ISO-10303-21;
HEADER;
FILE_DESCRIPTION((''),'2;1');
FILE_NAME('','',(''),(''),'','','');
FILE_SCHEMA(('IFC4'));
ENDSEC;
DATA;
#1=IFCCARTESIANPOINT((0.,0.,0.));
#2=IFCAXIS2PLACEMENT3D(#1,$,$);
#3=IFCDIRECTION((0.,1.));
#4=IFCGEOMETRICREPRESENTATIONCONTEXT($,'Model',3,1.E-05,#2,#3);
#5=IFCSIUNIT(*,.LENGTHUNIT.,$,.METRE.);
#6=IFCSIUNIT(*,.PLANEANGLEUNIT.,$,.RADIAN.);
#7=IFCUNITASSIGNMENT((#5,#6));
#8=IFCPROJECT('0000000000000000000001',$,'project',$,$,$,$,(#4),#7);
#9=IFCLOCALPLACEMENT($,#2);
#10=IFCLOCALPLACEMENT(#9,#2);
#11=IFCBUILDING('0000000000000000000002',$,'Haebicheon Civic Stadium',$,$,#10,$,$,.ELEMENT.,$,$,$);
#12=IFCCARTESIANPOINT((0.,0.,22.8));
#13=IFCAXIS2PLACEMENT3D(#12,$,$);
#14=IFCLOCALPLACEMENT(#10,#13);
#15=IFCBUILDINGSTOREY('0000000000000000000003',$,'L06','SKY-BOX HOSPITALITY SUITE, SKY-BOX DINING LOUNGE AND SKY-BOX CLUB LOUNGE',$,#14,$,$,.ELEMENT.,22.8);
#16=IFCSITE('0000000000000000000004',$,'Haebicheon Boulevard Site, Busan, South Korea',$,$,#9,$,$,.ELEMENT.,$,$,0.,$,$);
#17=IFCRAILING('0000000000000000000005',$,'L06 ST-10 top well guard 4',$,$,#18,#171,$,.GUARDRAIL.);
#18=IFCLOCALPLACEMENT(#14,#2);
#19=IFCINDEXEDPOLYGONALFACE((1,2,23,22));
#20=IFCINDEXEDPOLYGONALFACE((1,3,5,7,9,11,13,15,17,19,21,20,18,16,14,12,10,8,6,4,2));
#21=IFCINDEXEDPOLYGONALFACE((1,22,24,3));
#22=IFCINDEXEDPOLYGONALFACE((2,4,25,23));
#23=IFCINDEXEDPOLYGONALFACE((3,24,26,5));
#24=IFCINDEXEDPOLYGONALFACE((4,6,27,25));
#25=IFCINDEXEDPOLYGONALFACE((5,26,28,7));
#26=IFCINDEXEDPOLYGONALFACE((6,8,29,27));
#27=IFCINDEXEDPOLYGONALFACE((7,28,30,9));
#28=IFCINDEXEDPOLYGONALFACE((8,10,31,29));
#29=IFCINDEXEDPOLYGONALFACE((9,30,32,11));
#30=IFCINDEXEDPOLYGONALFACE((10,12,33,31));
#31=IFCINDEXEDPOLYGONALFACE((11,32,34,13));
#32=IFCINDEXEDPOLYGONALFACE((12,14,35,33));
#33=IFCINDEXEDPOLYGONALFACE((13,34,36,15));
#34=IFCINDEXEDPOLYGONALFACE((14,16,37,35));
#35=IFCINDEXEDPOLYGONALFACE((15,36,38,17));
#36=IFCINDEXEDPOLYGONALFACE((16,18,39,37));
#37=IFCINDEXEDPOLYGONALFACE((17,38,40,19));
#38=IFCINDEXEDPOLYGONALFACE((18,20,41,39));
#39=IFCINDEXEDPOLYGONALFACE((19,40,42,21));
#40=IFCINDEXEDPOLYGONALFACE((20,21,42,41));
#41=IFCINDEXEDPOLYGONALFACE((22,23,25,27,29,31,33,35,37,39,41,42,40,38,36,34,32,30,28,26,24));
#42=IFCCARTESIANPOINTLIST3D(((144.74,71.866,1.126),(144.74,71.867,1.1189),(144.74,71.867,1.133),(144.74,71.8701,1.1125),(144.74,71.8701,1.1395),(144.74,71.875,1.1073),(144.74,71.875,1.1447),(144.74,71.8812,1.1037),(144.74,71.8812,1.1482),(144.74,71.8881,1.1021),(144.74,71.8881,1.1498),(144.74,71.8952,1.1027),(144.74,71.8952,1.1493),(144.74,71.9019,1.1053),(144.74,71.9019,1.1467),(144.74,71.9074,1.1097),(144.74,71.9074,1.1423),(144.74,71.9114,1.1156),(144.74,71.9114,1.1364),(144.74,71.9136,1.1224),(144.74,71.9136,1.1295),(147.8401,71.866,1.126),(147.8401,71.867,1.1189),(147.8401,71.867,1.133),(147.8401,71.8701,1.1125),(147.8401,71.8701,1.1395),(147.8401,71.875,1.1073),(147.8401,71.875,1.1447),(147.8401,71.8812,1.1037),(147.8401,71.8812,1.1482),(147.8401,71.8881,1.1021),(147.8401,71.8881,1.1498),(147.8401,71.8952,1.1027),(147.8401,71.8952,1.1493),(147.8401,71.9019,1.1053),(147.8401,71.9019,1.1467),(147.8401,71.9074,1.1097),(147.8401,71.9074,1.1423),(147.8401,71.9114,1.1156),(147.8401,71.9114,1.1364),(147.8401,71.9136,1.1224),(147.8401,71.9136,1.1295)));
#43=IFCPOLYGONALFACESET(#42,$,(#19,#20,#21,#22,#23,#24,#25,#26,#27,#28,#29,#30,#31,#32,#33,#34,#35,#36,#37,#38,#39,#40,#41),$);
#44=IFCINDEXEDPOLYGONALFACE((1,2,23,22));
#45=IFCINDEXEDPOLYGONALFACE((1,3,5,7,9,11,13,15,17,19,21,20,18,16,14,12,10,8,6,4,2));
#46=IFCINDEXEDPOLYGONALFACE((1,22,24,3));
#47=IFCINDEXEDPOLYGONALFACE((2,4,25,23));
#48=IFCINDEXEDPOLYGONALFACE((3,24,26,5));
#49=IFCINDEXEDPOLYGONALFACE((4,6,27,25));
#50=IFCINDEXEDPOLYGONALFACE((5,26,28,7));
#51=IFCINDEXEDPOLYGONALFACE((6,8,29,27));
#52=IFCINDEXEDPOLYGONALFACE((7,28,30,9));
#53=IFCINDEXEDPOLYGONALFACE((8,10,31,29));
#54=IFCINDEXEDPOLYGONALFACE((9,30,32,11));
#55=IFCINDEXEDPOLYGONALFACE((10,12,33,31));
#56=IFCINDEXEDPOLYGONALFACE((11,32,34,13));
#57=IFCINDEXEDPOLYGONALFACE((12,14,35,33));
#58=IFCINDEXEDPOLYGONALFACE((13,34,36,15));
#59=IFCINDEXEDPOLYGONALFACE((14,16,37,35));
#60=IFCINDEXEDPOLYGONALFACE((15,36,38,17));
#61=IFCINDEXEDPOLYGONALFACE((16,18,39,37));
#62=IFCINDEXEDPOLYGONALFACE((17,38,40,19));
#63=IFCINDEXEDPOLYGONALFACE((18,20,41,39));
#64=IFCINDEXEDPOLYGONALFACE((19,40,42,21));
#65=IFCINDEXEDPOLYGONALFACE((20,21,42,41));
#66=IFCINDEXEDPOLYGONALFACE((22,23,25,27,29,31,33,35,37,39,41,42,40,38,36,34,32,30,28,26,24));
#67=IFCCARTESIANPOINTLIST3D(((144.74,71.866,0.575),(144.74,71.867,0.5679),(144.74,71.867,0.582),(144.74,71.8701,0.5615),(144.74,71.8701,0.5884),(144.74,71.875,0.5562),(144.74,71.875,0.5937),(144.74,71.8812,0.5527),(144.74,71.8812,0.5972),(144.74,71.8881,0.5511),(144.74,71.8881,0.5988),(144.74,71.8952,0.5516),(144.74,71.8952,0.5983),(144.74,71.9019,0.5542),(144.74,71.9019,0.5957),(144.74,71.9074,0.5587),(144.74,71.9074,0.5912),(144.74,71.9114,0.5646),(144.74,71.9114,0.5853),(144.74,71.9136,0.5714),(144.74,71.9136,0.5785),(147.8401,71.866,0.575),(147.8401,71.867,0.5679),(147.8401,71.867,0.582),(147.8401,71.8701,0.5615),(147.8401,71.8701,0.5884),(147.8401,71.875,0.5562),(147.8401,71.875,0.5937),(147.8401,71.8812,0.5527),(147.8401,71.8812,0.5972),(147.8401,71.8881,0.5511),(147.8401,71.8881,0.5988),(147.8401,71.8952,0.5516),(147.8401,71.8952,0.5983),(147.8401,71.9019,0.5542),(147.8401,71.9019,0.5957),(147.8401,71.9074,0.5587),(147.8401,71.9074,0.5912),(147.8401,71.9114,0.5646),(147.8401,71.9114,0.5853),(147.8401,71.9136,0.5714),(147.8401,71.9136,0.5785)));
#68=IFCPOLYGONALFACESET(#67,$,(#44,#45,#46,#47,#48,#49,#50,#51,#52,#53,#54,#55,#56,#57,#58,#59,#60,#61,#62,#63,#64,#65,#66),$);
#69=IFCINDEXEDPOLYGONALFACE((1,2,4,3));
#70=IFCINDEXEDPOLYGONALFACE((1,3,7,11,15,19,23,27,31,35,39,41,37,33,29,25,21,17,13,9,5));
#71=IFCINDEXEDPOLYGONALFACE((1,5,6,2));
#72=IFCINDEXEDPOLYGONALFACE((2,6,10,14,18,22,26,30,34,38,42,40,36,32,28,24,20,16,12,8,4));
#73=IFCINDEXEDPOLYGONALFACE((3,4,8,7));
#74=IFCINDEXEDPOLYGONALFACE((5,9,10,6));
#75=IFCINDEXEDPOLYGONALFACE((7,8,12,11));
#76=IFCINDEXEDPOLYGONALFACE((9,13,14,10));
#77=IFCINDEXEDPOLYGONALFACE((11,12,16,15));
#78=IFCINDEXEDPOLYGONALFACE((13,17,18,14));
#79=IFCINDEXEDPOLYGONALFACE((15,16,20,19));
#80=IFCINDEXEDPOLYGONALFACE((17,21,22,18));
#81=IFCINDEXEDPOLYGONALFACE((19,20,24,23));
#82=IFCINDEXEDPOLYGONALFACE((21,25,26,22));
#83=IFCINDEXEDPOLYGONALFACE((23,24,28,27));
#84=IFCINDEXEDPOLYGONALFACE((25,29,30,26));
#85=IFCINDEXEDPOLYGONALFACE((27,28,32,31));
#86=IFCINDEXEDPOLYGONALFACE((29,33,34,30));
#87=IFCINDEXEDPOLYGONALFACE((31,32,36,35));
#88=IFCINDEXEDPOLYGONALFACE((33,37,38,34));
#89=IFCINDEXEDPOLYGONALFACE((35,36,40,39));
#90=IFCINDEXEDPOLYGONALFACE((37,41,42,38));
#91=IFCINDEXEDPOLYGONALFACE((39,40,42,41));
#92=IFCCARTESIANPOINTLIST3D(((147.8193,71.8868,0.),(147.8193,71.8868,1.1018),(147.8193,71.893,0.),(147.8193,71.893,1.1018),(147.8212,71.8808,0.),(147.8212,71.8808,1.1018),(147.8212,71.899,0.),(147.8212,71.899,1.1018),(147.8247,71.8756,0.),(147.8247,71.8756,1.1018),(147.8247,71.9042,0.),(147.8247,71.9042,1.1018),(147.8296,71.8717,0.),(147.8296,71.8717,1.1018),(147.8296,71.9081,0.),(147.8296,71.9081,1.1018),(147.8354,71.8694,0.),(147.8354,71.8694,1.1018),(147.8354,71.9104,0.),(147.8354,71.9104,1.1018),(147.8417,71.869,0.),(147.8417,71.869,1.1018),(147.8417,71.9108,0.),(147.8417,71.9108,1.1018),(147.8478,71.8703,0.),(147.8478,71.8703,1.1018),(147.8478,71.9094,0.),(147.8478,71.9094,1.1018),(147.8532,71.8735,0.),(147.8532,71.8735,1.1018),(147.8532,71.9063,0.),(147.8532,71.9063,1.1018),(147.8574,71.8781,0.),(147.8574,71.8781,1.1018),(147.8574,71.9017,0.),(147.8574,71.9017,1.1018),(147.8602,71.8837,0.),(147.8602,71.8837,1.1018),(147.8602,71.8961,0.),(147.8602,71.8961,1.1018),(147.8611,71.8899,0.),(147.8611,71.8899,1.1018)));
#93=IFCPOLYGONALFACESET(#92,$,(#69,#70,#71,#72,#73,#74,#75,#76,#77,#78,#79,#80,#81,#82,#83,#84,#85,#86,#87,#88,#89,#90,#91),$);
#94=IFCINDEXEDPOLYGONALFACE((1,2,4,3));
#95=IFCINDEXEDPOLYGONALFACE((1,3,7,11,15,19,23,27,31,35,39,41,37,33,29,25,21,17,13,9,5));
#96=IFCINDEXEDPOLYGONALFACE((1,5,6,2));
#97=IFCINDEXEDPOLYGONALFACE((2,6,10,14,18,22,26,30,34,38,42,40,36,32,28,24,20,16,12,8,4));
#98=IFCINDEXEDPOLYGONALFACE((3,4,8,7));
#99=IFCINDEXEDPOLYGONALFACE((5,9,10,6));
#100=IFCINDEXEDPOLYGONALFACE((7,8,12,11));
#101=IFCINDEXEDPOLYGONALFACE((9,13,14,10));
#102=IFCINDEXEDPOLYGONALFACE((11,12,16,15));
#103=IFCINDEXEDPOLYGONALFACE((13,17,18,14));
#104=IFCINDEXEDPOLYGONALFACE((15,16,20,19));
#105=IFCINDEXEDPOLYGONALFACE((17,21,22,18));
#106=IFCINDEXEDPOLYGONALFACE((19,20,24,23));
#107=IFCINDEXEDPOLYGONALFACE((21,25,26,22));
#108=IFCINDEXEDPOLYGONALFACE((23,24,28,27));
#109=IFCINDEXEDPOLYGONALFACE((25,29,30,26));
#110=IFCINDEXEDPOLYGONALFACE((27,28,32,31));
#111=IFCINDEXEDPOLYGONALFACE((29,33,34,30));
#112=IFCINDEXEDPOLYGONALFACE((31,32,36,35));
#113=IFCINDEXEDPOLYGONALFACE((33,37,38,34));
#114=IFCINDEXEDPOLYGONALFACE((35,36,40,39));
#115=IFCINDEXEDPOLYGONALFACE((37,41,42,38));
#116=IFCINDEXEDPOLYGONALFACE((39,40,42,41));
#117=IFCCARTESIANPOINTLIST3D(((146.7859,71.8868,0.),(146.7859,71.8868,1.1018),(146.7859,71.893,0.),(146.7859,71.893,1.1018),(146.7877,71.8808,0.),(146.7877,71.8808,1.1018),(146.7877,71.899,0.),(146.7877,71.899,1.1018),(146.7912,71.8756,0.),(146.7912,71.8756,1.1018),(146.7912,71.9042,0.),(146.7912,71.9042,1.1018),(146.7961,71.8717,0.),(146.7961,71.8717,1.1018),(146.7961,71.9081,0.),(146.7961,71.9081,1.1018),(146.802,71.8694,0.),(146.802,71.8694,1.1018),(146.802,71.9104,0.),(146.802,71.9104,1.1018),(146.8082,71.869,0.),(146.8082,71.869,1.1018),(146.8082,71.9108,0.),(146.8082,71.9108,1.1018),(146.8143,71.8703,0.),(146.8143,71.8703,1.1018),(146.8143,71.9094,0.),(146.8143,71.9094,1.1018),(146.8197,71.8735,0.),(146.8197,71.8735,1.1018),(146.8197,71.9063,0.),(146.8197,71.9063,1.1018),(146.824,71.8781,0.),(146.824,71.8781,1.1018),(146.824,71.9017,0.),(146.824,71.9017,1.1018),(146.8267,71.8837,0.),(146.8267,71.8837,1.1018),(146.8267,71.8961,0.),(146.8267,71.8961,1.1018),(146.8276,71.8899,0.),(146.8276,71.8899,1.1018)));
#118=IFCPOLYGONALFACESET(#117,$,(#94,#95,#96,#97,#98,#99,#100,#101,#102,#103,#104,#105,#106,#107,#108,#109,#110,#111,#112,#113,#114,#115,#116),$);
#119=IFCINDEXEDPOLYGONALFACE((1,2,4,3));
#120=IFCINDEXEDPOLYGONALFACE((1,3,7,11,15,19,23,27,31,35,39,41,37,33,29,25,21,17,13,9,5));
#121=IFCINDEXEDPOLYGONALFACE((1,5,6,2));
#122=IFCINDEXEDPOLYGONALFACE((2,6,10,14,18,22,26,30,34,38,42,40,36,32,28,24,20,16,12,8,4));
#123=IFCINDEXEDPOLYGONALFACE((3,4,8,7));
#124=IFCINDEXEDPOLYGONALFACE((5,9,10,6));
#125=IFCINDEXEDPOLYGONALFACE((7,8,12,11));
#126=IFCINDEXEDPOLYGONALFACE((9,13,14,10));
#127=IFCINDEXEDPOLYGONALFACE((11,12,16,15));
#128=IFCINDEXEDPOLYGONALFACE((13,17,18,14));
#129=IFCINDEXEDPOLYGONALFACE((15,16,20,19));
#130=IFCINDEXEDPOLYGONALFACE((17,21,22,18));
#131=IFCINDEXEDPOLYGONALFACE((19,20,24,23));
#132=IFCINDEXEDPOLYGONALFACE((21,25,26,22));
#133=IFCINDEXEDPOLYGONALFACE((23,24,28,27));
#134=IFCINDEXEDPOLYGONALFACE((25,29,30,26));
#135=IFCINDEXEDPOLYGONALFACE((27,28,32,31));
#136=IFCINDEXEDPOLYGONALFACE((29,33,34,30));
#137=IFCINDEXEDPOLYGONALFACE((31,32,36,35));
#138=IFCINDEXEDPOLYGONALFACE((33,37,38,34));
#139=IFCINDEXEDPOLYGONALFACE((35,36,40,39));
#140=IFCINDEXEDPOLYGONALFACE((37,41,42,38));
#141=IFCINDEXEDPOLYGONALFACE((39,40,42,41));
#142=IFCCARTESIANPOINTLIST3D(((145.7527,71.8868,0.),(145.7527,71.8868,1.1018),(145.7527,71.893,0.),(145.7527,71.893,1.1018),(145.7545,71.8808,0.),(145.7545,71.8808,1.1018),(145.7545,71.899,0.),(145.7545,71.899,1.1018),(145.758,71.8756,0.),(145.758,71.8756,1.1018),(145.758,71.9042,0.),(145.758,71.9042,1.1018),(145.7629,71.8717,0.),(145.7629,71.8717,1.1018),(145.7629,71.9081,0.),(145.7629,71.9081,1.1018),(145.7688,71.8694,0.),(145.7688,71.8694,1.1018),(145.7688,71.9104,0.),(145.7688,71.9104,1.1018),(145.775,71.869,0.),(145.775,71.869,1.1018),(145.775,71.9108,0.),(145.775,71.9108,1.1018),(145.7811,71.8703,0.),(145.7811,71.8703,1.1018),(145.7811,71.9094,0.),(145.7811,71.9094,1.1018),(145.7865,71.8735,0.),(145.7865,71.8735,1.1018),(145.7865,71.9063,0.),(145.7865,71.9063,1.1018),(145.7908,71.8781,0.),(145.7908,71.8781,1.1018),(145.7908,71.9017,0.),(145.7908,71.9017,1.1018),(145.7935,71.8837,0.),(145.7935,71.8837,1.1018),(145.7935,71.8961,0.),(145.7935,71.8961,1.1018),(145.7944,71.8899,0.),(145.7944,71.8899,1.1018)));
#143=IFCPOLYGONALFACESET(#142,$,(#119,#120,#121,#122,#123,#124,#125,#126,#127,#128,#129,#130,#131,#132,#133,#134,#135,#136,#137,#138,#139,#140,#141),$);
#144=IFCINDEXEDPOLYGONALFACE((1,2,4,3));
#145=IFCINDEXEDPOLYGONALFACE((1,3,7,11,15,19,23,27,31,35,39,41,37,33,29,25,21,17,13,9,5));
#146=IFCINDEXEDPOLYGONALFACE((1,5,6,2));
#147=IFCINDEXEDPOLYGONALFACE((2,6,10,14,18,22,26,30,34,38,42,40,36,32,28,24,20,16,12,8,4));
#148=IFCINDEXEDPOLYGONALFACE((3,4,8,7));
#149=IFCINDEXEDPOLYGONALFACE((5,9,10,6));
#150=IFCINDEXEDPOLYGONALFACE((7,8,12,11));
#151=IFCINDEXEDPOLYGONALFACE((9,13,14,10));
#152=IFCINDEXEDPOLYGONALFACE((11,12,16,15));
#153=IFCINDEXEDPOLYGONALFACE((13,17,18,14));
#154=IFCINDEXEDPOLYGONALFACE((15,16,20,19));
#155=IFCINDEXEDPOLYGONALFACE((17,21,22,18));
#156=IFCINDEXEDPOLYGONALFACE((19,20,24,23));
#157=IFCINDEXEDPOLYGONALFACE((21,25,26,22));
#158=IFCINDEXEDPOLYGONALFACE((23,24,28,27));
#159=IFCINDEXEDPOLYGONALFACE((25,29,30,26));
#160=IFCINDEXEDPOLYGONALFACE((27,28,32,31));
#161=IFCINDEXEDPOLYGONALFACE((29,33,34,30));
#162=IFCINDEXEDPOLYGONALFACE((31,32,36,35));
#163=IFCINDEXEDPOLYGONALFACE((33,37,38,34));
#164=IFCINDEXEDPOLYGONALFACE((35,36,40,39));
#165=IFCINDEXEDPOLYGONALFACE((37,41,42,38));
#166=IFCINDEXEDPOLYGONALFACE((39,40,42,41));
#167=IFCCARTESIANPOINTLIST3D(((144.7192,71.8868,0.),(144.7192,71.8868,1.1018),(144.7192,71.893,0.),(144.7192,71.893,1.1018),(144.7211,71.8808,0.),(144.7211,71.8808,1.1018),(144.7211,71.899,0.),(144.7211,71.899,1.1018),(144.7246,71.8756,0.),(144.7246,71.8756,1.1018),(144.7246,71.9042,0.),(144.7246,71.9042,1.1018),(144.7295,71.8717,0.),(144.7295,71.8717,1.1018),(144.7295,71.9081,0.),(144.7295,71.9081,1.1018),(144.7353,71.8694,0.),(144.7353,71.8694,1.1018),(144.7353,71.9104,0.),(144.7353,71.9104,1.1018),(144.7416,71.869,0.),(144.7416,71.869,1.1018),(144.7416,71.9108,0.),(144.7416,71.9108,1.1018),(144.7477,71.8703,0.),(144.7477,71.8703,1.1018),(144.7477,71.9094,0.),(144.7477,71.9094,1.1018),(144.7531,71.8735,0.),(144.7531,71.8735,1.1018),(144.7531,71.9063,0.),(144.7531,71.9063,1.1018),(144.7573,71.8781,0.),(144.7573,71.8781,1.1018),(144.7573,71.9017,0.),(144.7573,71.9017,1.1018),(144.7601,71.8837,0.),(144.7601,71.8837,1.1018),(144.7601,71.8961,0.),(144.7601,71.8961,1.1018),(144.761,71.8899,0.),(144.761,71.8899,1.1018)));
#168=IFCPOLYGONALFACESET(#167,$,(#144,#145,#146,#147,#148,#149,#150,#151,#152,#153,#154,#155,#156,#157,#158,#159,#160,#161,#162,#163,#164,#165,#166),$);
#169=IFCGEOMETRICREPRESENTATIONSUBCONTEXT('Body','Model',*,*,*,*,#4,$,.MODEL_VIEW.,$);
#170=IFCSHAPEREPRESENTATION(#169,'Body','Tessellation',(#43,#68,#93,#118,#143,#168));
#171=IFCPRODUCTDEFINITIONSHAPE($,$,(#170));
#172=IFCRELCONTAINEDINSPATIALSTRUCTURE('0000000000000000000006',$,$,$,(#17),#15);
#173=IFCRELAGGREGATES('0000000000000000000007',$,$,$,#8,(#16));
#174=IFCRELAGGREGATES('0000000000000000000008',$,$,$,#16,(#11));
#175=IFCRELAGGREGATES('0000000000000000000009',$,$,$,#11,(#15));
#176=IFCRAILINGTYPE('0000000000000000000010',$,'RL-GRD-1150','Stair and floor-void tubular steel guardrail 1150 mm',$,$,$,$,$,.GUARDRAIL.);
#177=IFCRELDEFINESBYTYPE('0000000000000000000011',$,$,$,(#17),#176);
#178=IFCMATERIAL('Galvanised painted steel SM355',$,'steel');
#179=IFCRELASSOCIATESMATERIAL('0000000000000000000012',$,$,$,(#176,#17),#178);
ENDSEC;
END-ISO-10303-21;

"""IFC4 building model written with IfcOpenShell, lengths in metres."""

from ifc_helpers import new_model, si_unit, direction, frame, origin, origin_2d, place, context, subcontext, project, spatial, circle, extrude, material, type_object, element, save


model = new_model("IFC4")

# Units and contexts
model_context = context("Model", 3, precision=1e-05, world=origin(), true_north=direction((0.0, 1.0)))
body_context = subcontext(model_context, "Body", "Model", "MODEL_VIEW")
ifc_project = project(units=[si_unit("LENGTHUNIT", "METRE"), si_unit("PLANEANGLEUNIT", "RADIAN")], contexts=[model_context])

# Site, building, storey
site_placement = place(None, origin())
site = spatial("IfcSite", under=ifc_project, at=site_placement, Name="Haebicheon Boulevard Site, Busan, South Korea", CompositionType="ELEMENT", RefElevation=0.0)
building_placement = place(site_placement, origin())
building = spatial("IfcBuilding", under=site, at=building_placement, Name="Haebicheon Civic Stadium", CompositionType="ELEMENT")
storey_placement = place(building_placement, frame((0.0, 0.0, 22.8)))
storey = spatial("IfcBuildingStorey", under=building, at=storey_placement, Name="L06", Description="SKY-BOX HOSPITALITY SUITE, SKY-BOX DINING LOUNGE AND SKY-BOX CLUB LOUNGE", CompositionType="ELEMENT", Elevation=22.8)

# Railing
ifc_material_1 = material(Name="Galvanised painted steel SM355", Category="steel")
railing_type = type_object("IfcRailingType", Name="RL-GRD-1150", Description="Stair and floor-void tubular steel guardrail 1150 mm", PredefinedType="GUARDRAIL", material=ifc_material_1)
railing_1_placement = place(storey_placement, frame((147.8401, 71.8899, 0.0)))
element("IfcRailing", 1, at=railing_1_placement, inside=storey, type_object=railing_type, material=ifc_material_1, Name="L06 ST-10 top well guard 4", PredefinedType="GUARDRAIL", context=body_context, shape_type="SweptSolid", body=[
    extrude(circle(Radius=0.0239, at=origin_2d()), frame((0.0, 0.0, 1.126), z_axis=(-1.0, 0.0, 0.0), x_axis=(0.0, -1.0, 0.0)), (0.0, 0.0, 1.0), 3.1001),
    extrude(circle(Radius=0.0239, at=origin_2d()), frame((0.0, 0.0, 0.575), z_axis=(-1.0, 0.0, 0.0), x_axis=(0.0, -1.0, 0.0)), (0.0, 0.0, 1.0), 3.1001),
    extrude(circle(Radius=0.021, at=origin_2d()), origin(), (0.0, 0.0, 1.0), 1.1018),
    extrude(circle(Radius=0.021, at=origin_2d()), frame((-1.0334, 0.0, 0.0)), (0.0, 0.0, 1.0), 1.1018),
    extrude(circle(Radius=0.021, at=origin_2d()), frame((-2.0667, 0.0, 0.0)), (0.0, 0.0, 1.0), 1.1018),
    extrude(circle(Radius=0.021, at=origin_2d()), frame((-3.1001, 0.0, 0.0)), (0.0, 0.0, 1.0), 1.1018),
])

save(model, "model.ifc")
